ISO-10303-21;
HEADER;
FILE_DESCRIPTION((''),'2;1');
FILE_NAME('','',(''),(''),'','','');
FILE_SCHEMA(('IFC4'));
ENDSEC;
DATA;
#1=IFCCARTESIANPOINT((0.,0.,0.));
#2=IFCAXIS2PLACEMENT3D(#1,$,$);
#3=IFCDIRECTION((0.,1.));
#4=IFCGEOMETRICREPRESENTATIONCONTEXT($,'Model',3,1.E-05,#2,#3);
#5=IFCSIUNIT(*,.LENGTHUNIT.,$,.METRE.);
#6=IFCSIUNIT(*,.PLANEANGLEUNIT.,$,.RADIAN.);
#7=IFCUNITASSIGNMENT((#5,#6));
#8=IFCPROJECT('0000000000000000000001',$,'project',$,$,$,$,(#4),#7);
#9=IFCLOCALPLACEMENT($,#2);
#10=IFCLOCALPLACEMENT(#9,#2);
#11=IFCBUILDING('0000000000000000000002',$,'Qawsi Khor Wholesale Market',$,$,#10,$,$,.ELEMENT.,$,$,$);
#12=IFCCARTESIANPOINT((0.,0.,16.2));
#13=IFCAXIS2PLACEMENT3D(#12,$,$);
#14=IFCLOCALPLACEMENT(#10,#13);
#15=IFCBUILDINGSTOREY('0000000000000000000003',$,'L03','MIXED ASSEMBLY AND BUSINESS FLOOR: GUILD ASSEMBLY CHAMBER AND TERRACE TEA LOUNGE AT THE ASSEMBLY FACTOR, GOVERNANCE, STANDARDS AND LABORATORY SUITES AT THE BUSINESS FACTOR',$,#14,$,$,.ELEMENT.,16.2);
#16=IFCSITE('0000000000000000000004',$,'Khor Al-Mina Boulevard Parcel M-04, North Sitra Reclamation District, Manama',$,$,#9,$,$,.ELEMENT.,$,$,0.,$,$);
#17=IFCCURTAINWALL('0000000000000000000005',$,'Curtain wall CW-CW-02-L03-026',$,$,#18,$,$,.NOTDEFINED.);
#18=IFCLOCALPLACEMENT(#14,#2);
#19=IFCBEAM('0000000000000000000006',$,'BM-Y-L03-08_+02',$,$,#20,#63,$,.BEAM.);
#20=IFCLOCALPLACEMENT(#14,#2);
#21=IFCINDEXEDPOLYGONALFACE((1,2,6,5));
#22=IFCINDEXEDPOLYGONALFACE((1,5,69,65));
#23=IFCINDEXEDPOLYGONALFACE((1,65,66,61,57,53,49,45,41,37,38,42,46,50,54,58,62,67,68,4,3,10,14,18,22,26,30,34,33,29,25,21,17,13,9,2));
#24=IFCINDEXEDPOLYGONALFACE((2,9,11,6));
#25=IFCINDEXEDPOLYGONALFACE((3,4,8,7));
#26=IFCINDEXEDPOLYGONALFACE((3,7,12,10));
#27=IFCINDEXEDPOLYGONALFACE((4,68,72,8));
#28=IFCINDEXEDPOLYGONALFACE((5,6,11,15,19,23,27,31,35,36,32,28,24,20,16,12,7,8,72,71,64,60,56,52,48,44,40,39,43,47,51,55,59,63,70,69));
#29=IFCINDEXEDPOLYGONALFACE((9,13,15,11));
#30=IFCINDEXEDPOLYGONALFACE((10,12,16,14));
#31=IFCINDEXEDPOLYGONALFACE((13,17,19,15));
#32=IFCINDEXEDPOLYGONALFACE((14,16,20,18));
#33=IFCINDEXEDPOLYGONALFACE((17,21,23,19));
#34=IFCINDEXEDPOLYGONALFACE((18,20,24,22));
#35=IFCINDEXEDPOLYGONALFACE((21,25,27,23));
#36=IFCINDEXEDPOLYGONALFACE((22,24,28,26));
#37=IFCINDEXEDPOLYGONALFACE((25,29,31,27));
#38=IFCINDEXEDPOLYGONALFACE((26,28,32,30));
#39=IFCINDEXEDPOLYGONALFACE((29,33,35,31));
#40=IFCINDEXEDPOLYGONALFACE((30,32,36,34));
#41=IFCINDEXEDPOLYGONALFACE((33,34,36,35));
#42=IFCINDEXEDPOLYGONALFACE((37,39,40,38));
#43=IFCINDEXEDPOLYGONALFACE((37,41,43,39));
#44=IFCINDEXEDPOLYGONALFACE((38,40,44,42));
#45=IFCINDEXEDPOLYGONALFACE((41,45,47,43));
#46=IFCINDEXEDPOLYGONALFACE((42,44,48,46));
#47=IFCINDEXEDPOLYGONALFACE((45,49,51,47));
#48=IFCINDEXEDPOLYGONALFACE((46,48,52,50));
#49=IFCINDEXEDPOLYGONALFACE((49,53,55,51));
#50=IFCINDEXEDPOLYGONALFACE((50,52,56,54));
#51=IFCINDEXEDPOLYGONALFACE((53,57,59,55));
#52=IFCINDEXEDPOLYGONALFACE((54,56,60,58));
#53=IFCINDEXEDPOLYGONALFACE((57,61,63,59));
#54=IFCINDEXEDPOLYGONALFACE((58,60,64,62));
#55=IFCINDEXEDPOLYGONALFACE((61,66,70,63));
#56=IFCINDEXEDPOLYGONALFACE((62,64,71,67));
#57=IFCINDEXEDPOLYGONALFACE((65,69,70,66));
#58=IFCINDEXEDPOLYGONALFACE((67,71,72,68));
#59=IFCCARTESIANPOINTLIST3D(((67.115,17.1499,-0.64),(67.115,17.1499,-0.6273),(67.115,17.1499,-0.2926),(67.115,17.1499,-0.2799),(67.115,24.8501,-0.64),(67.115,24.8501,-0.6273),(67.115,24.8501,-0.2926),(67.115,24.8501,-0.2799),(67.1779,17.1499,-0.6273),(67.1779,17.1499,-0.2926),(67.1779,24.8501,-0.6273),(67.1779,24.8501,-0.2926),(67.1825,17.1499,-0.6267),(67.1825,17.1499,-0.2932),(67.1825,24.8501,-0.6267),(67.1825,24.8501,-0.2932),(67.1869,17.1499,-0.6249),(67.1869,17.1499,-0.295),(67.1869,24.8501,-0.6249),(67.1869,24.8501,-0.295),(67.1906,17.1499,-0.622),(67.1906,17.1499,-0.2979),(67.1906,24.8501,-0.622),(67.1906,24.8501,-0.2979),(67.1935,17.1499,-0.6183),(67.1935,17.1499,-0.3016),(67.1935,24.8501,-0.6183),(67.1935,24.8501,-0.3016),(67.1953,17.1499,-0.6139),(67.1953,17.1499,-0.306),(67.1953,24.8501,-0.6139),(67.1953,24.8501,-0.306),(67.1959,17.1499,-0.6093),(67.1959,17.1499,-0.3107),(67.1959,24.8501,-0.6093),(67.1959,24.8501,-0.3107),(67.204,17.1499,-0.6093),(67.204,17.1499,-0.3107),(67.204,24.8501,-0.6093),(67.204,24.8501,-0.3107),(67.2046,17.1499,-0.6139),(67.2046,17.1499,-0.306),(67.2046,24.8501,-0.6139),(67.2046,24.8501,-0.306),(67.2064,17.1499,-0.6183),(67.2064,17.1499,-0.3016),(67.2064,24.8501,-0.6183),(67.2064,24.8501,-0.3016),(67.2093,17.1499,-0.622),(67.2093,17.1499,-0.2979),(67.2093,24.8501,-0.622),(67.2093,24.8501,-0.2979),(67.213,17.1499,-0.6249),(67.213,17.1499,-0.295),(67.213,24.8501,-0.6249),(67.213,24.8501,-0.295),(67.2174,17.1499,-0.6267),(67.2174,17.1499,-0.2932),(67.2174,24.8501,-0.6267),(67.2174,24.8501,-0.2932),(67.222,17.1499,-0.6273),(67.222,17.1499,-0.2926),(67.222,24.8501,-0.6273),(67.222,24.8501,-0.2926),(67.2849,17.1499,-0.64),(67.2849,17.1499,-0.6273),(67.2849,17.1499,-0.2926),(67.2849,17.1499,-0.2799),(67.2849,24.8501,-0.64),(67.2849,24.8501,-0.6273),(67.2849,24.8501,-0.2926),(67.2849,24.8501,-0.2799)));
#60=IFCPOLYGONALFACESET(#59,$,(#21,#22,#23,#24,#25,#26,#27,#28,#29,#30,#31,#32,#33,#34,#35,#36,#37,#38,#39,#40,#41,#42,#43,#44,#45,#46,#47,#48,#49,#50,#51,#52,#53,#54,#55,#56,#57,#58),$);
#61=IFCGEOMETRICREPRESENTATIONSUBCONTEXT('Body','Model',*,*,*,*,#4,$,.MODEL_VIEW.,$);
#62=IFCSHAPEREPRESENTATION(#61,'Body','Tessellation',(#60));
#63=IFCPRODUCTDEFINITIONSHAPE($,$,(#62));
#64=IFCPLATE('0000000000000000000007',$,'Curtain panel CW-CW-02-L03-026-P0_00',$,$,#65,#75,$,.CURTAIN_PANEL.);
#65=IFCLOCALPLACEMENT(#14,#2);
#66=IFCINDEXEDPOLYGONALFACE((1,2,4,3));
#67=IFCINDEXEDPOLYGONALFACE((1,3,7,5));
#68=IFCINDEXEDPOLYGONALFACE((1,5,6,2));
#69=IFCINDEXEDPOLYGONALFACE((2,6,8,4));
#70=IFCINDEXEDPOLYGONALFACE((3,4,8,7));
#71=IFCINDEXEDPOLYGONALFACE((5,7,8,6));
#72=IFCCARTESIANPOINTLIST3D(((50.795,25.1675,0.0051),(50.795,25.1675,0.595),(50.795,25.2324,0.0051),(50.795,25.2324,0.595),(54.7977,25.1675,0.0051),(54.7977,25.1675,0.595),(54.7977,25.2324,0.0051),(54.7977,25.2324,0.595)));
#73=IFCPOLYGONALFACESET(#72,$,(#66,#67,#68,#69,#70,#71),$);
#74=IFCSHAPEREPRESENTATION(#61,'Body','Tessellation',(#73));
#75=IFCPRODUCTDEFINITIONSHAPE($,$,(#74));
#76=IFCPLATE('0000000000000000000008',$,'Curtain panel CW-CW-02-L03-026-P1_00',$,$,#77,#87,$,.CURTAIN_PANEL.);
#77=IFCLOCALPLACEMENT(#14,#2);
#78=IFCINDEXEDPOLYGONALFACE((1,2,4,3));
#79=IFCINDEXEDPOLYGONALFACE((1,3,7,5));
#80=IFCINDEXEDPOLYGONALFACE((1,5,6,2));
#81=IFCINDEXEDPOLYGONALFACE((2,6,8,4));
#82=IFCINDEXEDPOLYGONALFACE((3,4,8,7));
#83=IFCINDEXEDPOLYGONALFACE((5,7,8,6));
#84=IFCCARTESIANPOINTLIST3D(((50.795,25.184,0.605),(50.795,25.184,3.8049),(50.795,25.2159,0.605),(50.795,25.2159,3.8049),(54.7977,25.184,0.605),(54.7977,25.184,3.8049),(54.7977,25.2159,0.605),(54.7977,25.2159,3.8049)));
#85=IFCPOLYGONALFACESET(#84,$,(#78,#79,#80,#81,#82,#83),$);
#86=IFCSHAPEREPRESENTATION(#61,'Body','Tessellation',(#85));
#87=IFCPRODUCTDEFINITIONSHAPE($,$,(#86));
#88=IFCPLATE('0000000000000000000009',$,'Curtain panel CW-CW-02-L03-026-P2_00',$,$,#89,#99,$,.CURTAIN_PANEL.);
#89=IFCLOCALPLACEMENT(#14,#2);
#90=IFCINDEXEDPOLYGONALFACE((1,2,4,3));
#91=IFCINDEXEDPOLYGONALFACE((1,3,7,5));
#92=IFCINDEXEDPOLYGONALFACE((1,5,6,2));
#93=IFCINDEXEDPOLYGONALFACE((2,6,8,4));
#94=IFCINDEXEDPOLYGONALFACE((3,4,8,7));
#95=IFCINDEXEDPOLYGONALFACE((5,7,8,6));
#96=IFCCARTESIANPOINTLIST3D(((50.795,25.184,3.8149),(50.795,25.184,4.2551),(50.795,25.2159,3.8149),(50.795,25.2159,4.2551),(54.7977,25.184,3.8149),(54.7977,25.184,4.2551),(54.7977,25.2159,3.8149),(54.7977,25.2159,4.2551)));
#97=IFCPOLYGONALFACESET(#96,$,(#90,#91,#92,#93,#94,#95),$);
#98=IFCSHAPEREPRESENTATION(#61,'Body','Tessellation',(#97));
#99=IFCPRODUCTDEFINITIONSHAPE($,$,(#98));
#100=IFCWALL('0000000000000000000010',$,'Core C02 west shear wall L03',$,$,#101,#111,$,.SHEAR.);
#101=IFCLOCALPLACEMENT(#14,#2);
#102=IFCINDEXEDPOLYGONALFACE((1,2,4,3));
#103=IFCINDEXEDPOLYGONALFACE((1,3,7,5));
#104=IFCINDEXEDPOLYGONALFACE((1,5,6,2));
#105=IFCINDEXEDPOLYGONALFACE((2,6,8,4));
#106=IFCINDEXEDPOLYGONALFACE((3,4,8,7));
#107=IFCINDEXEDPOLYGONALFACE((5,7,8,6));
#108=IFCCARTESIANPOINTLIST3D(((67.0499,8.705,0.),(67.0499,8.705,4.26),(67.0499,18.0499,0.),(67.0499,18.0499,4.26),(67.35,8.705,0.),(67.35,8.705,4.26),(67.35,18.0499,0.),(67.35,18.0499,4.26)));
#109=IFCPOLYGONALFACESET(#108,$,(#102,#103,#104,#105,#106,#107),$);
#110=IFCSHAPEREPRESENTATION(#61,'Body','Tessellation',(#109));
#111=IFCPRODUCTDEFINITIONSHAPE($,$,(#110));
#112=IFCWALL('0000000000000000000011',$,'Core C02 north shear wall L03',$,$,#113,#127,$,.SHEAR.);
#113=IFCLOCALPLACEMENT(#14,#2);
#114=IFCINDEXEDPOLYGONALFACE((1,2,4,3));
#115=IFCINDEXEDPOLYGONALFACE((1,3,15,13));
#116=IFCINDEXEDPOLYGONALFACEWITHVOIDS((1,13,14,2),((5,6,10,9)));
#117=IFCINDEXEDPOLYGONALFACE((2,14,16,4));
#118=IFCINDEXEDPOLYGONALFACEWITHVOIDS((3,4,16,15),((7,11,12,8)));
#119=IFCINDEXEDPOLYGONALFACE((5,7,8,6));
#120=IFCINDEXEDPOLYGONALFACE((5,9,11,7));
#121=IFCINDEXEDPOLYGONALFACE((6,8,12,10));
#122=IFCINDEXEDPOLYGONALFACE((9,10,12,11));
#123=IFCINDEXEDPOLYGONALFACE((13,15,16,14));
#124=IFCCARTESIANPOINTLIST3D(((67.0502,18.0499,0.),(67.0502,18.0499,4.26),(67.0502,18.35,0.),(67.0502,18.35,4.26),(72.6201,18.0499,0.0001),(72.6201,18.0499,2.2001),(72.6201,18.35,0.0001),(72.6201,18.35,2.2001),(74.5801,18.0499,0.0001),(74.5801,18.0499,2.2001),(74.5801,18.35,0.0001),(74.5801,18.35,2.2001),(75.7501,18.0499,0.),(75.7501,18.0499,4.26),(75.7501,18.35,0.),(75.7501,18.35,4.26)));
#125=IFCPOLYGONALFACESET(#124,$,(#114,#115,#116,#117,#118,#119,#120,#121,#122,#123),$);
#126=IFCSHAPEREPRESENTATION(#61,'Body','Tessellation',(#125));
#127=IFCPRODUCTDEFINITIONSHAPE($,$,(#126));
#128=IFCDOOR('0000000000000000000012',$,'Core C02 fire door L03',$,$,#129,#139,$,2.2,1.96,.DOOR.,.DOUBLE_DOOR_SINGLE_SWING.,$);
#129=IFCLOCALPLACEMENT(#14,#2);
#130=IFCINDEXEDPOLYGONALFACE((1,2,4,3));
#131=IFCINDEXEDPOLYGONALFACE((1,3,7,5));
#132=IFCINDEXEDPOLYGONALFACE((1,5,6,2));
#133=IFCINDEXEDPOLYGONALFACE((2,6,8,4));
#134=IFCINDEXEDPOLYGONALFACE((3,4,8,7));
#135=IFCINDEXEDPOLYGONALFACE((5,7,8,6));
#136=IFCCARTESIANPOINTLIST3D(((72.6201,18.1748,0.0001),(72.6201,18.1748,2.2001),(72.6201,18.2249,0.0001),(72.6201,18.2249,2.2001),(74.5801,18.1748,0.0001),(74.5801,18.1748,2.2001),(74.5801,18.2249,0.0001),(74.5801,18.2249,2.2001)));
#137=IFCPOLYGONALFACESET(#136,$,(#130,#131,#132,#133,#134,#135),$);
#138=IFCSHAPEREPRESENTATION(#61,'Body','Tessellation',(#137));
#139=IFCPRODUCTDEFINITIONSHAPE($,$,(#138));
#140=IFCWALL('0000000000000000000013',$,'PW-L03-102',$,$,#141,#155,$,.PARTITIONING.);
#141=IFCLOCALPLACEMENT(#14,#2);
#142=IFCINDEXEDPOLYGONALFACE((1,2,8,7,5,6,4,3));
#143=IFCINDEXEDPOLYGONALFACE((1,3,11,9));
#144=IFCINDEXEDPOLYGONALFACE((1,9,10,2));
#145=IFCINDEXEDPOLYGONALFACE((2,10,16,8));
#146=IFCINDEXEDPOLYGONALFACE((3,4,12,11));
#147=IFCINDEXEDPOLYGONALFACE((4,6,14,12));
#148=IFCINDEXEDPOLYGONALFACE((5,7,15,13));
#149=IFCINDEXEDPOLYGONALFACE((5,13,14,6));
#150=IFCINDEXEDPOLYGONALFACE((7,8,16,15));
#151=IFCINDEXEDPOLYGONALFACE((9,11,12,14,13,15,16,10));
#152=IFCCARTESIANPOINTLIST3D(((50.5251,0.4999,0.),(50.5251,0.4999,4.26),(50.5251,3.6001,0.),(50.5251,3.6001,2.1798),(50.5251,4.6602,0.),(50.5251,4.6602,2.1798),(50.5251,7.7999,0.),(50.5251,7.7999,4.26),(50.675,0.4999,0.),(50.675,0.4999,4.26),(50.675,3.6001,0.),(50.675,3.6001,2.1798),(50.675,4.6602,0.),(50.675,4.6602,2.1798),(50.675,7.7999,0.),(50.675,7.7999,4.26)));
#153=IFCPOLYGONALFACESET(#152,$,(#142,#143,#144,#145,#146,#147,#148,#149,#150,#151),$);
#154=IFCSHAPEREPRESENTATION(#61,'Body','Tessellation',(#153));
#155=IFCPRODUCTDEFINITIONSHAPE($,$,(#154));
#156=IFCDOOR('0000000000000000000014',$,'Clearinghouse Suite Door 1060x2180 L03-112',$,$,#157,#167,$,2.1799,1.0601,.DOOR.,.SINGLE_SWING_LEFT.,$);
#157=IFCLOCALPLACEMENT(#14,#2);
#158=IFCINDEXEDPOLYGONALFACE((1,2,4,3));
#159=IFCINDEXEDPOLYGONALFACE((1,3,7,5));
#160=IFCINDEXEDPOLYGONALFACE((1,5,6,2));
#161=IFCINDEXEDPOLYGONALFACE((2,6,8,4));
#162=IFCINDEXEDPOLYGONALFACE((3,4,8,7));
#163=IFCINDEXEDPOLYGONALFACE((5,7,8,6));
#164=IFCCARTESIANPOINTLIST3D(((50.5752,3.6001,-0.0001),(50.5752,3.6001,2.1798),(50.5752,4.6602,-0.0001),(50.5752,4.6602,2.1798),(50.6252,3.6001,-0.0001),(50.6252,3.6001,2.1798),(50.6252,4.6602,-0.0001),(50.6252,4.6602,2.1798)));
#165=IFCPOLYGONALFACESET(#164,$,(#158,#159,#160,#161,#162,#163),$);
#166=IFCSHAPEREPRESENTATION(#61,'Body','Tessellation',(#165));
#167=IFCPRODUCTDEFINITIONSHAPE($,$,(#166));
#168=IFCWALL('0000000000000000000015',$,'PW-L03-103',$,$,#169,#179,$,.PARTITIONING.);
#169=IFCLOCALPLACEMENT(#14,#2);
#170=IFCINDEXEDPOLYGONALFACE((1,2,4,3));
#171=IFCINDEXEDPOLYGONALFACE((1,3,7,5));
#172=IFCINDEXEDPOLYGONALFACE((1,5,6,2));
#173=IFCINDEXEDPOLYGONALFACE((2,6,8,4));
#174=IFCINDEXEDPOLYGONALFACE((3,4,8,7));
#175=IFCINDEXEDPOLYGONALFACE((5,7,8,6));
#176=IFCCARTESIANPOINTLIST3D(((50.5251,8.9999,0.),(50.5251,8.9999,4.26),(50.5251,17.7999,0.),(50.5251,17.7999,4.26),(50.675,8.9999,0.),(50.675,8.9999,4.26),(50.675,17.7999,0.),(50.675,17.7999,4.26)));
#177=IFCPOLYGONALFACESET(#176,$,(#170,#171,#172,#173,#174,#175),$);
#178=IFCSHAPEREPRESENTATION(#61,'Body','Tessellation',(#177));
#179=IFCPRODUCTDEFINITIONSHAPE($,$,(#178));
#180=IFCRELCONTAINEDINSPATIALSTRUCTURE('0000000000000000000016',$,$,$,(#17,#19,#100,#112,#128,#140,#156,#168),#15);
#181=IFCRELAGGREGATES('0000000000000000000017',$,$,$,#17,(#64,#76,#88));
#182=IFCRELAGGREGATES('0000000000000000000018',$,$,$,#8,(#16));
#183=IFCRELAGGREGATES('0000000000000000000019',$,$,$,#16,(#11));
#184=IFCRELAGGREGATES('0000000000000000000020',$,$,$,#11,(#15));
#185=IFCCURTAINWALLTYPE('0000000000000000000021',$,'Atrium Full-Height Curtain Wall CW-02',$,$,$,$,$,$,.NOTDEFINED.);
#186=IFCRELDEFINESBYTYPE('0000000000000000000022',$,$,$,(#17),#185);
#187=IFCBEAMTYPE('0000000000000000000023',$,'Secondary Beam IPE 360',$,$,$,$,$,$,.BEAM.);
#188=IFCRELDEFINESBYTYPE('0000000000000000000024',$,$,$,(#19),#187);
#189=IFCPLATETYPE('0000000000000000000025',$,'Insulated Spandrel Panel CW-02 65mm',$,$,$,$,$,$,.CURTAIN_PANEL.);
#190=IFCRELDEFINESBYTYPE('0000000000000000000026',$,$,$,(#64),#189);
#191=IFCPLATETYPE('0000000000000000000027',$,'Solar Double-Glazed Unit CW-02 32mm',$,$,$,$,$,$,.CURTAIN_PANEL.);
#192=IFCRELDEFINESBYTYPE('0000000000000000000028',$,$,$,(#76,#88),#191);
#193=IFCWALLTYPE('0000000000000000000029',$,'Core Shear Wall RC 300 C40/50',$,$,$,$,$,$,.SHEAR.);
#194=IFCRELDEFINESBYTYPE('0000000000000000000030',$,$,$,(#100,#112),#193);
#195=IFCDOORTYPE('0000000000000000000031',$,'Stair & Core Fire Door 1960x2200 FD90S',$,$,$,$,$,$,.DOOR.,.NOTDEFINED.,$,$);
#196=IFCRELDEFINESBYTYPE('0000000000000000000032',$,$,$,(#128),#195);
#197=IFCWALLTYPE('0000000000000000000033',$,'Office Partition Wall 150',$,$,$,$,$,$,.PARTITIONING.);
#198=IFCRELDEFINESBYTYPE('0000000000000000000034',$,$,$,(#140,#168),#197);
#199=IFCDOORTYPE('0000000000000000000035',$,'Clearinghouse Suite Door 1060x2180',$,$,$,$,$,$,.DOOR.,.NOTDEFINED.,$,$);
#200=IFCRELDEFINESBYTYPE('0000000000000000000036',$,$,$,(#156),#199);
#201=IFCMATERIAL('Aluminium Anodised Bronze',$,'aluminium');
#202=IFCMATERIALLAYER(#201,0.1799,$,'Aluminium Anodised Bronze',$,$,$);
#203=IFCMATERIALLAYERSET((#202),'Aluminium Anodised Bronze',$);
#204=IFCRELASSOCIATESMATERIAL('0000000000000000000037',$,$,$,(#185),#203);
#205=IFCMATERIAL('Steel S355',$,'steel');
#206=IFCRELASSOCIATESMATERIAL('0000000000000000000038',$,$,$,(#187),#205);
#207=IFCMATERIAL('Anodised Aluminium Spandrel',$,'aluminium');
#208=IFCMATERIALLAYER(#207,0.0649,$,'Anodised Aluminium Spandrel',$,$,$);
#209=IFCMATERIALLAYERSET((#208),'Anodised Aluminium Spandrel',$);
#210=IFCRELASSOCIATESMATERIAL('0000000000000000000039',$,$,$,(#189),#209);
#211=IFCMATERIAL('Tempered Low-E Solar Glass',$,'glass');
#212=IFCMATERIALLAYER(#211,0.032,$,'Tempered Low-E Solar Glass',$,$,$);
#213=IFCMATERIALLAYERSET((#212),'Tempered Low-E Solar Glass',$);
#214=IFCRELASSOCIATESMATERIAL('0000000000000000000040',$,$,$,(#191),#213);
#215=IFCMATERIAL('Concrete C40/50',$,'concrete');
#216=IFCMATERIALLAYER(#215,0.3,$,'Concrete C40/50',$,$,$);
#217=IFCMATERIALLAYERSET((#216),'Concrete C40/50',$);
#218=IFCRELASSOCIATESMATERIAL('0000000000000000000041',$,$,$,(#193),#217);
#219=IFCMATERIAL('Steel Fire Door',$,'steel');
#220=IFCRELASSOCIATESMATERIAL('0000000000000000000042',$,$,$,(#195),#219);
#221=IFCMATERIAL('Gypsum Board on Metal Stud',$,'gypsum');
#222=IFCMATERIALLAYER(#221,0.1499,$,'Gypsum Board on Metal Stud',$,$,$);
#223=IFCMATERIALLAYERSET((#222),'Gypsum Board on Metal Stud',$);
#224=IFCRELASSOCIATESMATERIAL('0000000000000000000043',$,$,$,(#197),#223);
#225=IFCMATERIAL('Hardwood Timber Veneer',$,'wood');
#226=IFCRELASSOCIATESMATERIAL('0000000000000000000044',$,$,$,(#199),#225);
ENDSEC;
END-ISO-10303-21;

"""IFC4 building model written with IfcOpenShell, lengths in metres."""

from ifc_helpers import new_model, si_unit, direction, frame, frame_2d, origin, origin_2d, place, context, subcontext, project, spatial, rectangle, i_section, extrude, material, layer, layer_set, material_profile, profile_set, type_object, element, fill, aggregate, save


model = new_model("IFC4")

# Units and contexts
model_context = context("Model", 3, precision=1e-05, world=origin(), true_north=direction((0.0, 1.0)))
body_context = subcontext(model_context, "Body", "Model", "MODEL_VIEW")
ifc_project = project(units=[si_unit("LENGTHUNIT", "METRE"), si_unit("PLANEANGLEUNIT", "RADIAN")], contexts=[model_context])

# Site, building, storey
site_placement = place(None, origin())
site = spatial("IfcSite", under=ifc_project, at=site_placement, Name="Khor Al-Mina Boulevard Parcel M-04, North Sitra Reclamation District, Manama", CompositionType="ELEMENT", RefElevation=0.0)
building_placement = place(site_placement, origin())
building = spatial("IfcBuilding", under=site, at=building_placement, Name="Qawsi Khor Wholesale Market", CompositionType="ELEMENT")
storey_placement = place(building_placement, frame((0.0, 0.0, 16.2)))
storey = spatial("IfcBuildingStorey", under=building, at=storey_placement, Name="L03", Description="MIXED ASSEMBLY AND BUSINESS FLOOR: GUILD ASSEMBLY CHAMBER AND TERRACE TEA LOUNGE AT THE ASSEMBLY FACTOR, GOVERNANCE, STANDARDS AND LABORATORY SUITES AT THE BUSINESS FACTOR", CompositionType="ELEMENT", Elevation=16.2)

# Shared definitions
ifc_material_1 = material(Name="Concrete C40/50", Category="concrete")

# Curtain wall
ifc_material_2 = material(Name="Aluminium Anodised Bronze", Category="aluminium")
ifc_layer_1 = layer(ifc_material_2, 0.1799, Name="Aluminium Anodised Bronze")
ifc_layer_set_1 = layer_set([ifc_layer_1], Name="Aluminium Anodised Bronze")
curtain_wall_type = type_object("IfcCurtainWallType", Name="Atrium Full-Height Curtain Wall CW-02", PredefinedType="NOTDEFINED", material=ifc_layer_set_1)
curtain_wall_placement = place(storey_placement, origin())
curtain_wall = element("IfcCurtainWall", 1, at=curtain_wall_placement, inside=storey, type_object=curtain_wall_type, Name="Curtain wall CW-CW-02-L03-026", PredefinedType="NOTDEFINED")

# Beam
ifc_material_3 = material(Name="Steel S355", Category="steel")
ifc_material_profile_1 = material_profile(ifc_material_3, i_section(OverallWidth=0.1699, OverallDepth=0.3601, WebThickness=0.0081, FlangeThickness=0.0127, FilletRadius=0.0181, at=origin_2d()), Name="IPE 360")
ifc_profile_set_1 = profile_set([ifc_material_profile_1], Name="Steel S355")
beam_type_1 = type_object("IfcBeamType", Name="Secondary Beam IPE 360", PredefinedType="BEAM", material=ifc_profile_set_1)
beam_1_placement = place(storey_placement, frame((67.2, 17.1499, -0.46), z_axis=(0.0, 1.0, 0.0), x_axis=(-1.0, 0.0, 0.0)))
element("IfcBeam", 2, at=beam_1_placement, inside=storey, type_object=beam_type_1, Name="BM-Y-L03-08_+02", PredefinedType="BEAM", context=body_context, shape_type="SweptSolid", body=[
    extrude(i_section(OverallWidth=0.1699, OverallDepth=0.3601, WebThickness=0.0081, FlangeThickness=0.0127, FilletRadius=0.0181, at=origin_2d()), origin(), (0.0, 0.0, 1.0), 7.7002),
])

# Plates
ifc_material_4 = material(Name="Anodised Aluminium Spandrel", Category="aluminium")
ifc_layer_2 = layer(ifc_material_4, 0.0649, Name="Anodised Aluminium Spandrel")
ifc_layer_set_2 = layer_set([ifc_layer_2], Name="Anodised Aluminium Spandrel")
plate_type_1 = type_object("IfcPlateType", Name="Insulated Spandrel Panel CW-02 65mm", PredefinedType="CURTAIN_PANEL", material=ifc_layer_set_2)
plate_1_placement = place(storey_placement, frame((50.7949, 25.2, 0.0051), z_axis=(0.0, 0.0, 1.0), x_axis=(1.0, 0.0, 0.0)))
plate_1 = element("IfcPlate", 3, at=plate_1_placement, type_object=plate_type_1, Name="Curtain panel CW-CW-02-L03-026-P0_00", PredefinedType="CURTAIN_PANEL", context=body_context, shape_type="SweptSolid", body=[
    extrude(rectangle(XDim=4.0027, YDim=0.0649, at=frame_2d((2.0015, 0.0))), origin(), (0.0, 0.0, 1.0), 0.5898),
])
ifc_material_5 = material(Name="Tempered Low-E Solar Glass", Category="glass")
ifc_layer_3 = layer(ifc_material_5, 0.032, Name="Tempered Low-E Solar Glass")
ifc_layer_set_3 = layer_set([ifc_layer_3], Name="Tempered Low-E Solar Glass")
plate_type_2 = type_object("IfcPlateType", Name="Solar Double-Glazed Unit CW-02 32mm", PredefinedType="CURTAIN_PANEL", material=ifc_layer_set_3)
plate_2_placement = place(storey_placement, frame((50.7949, 25.2, 0.605), z_axis=(0.0, 0.0, 1.0), x_axis=(1.0, 0.0, 0.0)))
plate_2 = element("IfcPlate", 4, at=plate_2_placement, type_object=plate_type_2, Name="Curtain panel CW-CW-02-L03-026-P1_00", PredefinedType="CURTAIN_PANEL", context=body_context, shape_type="SweptSolid", body=[
    extrude(rectangle(XDim=4.0027, YDim=0.032, at=frame_2d((2.0015, 0.0))), origin(), (0.0, 0.0, 1.0), 3.2),
])
plate_3_placement = place(storey_placement, frame((50.7949, 25.2, 3.8149), z_axis=(0.0, 0.0, 1.0), x_axis=(1.0, 0.0, 0.0)))
plate_3 = element("IfcPlate", 5, at=plate_3_placement, type_object=plate_type_2, Name="Curtain panel CW-CW-02-L03-026-P2_00", PredefinedType="CURTAIN_PANEL", context=body_context, shape_type="SweptSolid", body=[
    extrude(rectangle(XDim=4.0027, YDim=0.032, at=frame_2d((2.0015, 0.0))), origin(), (0.0, 0.0, 1.0), 0.4402),
])
aggregate(curtain_wall, [plate_1, plate_2, plate_3])

# Wall
ifc_layer_4 = layer(ifc_material_1, 0.3, Name="Concrete C40/50")
ifc_layer_set_4 = layer_set([ifc_layer_4], Name="Concrete C40/50")
wall_type_1 = type_object("IfcWallType", Name="Core Shear Wall RC 300 C40/50", PredefinedType="SHEAR", material=ifc_layer_set_4)
wall_1_placement = place(storey_placement, frame((67.2, 8.7051, 0.0), z_axis=(0.0, 0.0, 1.0), x_axis=(0.0, 1.0, 0.0)))
element("IfcWall", 6, at=wall_1_placement, inside=storey, type_object=wall_type_1, Name="Core C02 west shear wall L03", PredefinedType="SHEAR", context=body_context, shape_type="SweptSolid", body=[
    extrude(rectangle(XDim=9.345, YDim=0.3, at=frame_2d((4.6724, 0.0))), origin(), (0.0, 0.0, 1.0), 4.26),
])

# Walls, openings, doors
wall_2_placement = place(storey_placement, frame((67.05, 18.2, 0.0), z_axis=(0.0, 0.0, 1.0), x_axis=(1.0, 0.0, 0.0)))
wall_2 = element("IfcWall", 7, at=wall_2_placement, inside=storey, type_object=wall_type_1, Name="Core C02 north shear wall L03", PredefinedType="SHEAR", context=body_context, shape_type="SweptSolid", body=[
    extrude(rectangle(XDim=8.7, YDim=0.3, at=frame_2d((4.3501, 0.0))), origin(), (0.0, 0.0, 1.0), 4.26),
])
opening_1_placement = place(wall_2_placement, frame((5.5701, 0.0, 0.0)))
opening_1 = element("IfcOpeningElement", 8, at=opening_1_placement, cuts=wall_2, PredefinedType="OPENING", context=body_context, shape_type="SweptSolid", body=[
    extrude(rectangle(XDim=1.96, YDim=2.2, at=frame_2d((0.98, 1.1001))), frame((0.0, 0.1599, 0.0), z_axis=(0.0, -1.0, 0.0), x_axis=(1.0, 0.0, 0.0)), (0.0, 0.0, 1.0), 0.3201),
])
ifc_material_6 = material(Name="Steel Fire Door", Category="steel")
door_type_1 = type_object("IfcDoorType", Name="Stair & Core Fire Door 1960x2200 FD90S", OperationType="NOTDEFINED", PredefinedType="DOOR", material=ifc_material_6)
door_1_placement = place(opening_1_placement, origin())
door_1 = element("IfcDoor", 9, at=door_1_placement, inside=storey, type_object=door_type_1, Name="Core C02 fire door L03", OperationType="DOUBLE_DOOR_SINGLE_SWING", OverallHeight=2.2, OverallWidth=1.96, PredefinedType="DOOR", context=body_context, shape_type="SweptSolid", body=[
    extrude(rectangle(XDim=1.96, YDim=2.2, at=frame_2d((0.98, 1.1001))), frame((0.0, 0.0249, 0.0), z_axis=(0.0, -1.0, 0.0), x_axis=(1.0, 0.0, 0.0)), (0.0, 0.0, 1.0), 0.05),
])
fill(opening_1, door_1)
ifc_material_7 = material(Name="Gypsum Board on Metal Stud", Category="gypsum")
ifc_layer_5 = layer(ifc_material_7, 0.1499, Name="Gypsum Board on Metal Stud")
ifc_layer_set_5 = layer_set([ifc_layer_5], Name="Gypsum Board on Metal Stud")
wall_type_2 = type_object("IfcWallType", Name="Office Partition Wall 150", PredefinedType="PARTITIONING", material=ifc_layer_set_5)
wall_3_placement = place(storey_placement, frame((50.6001, 0.5, 0.0), z_axis=(0.0, 0.0, 1.0), x_axis=(0.0, 1.0, 0.0)))
wall_3 = element("IfcWall", 10, at=wall_3_placement, inside=storey, type_object=wall_type_2, Name="PW-L03-102", PredefinedType="PARTITIONING", context=body_context, shape_type="SweptSolid", body=[
    extrude(rectangle(XDim=7.3, YDim=0.1499, at=frame_2d((3.6499, 0.0))), origin(), (0.0, 0.0, 1.0), 4.26),
])
opening_2_placement = place(wall_3_placement, frame((3.1001, 0.0, 0.0)))
opening_2 = element("IfcOpeningElement", 11, at=opening_2_placement, cuts=wall_3, PredefinedType="OPENING", context=body_context, shape_type="SweptSolid", body=[
    extrude(rectangle(XDim=1.0601, YDim=2.1799, at=frame_2d((0.53, 1.0898))), frame((0.0, 0.085, 0.0), z_axis=(0.0, -1.0, 0.0), x_axis=(1.0, 0.0, 0.0)), (0.0, 0.0, 1.0), 0.1699),
])
ifc_material_8 = material(Name="Hardwood Timber Veneer", Category="wood")
door_type_2 = type_object("IfcDoorType", Name="Clearinghouse Suite Door 1060x2180", OperationType="NOTDEFINED", PredefinedType="DOOR", material=ifc_material_8)
door_2_placement = place(opening_2_placement, origin())
door_2 = element("IfcDoor", 12, at=door_2_placement, inside=storey, type_object=door_type_2, Name="Clearinghouse Suite Door 1060x2180 L03-112", OperationType="SINGLE_SWING_LEFT", OverallHeight=2.1799, OverallWidth=1.0601, PredefinedType="DOOR", context=body_context, shape_type="SweptSolid", body=[
    extrude(rectangle(XDim=1.0601, YDim=2.1799, at=frame_2d((0.53, 1.0898))), frame((0.0, 0.0249, 0.0), z_axis=(0.0, -1.0, 0.0), x_axis=(1.0, 0.0, 0.0)), (0.0, 0.0, 1.0), 0.05),
])
fill(opening_2, door_2)

# Wall
wall_4_placement = place(storey_placement, frame((50.6001, 9.0, 0.0), z_axis=(0.0, 0.0, 1.0), x_axis=(0.0, 1.0, 0.0)))
element("IfcWall", 13, at=wall_4_placement, inside=storey, type_object=wall_type_2, Name="PW-L03-103", PredefinedType="PARTITIONING", context=body_context, shape_type="SweptSolid", body=[
    extrude(rectangle(XDim=8.8, YDim=0.1499, at=frame_2d((4.3999, 0.0))), origin(), (0.0, 0.0, 1.0), 4.26),
])

save(model, "model.ifc")
